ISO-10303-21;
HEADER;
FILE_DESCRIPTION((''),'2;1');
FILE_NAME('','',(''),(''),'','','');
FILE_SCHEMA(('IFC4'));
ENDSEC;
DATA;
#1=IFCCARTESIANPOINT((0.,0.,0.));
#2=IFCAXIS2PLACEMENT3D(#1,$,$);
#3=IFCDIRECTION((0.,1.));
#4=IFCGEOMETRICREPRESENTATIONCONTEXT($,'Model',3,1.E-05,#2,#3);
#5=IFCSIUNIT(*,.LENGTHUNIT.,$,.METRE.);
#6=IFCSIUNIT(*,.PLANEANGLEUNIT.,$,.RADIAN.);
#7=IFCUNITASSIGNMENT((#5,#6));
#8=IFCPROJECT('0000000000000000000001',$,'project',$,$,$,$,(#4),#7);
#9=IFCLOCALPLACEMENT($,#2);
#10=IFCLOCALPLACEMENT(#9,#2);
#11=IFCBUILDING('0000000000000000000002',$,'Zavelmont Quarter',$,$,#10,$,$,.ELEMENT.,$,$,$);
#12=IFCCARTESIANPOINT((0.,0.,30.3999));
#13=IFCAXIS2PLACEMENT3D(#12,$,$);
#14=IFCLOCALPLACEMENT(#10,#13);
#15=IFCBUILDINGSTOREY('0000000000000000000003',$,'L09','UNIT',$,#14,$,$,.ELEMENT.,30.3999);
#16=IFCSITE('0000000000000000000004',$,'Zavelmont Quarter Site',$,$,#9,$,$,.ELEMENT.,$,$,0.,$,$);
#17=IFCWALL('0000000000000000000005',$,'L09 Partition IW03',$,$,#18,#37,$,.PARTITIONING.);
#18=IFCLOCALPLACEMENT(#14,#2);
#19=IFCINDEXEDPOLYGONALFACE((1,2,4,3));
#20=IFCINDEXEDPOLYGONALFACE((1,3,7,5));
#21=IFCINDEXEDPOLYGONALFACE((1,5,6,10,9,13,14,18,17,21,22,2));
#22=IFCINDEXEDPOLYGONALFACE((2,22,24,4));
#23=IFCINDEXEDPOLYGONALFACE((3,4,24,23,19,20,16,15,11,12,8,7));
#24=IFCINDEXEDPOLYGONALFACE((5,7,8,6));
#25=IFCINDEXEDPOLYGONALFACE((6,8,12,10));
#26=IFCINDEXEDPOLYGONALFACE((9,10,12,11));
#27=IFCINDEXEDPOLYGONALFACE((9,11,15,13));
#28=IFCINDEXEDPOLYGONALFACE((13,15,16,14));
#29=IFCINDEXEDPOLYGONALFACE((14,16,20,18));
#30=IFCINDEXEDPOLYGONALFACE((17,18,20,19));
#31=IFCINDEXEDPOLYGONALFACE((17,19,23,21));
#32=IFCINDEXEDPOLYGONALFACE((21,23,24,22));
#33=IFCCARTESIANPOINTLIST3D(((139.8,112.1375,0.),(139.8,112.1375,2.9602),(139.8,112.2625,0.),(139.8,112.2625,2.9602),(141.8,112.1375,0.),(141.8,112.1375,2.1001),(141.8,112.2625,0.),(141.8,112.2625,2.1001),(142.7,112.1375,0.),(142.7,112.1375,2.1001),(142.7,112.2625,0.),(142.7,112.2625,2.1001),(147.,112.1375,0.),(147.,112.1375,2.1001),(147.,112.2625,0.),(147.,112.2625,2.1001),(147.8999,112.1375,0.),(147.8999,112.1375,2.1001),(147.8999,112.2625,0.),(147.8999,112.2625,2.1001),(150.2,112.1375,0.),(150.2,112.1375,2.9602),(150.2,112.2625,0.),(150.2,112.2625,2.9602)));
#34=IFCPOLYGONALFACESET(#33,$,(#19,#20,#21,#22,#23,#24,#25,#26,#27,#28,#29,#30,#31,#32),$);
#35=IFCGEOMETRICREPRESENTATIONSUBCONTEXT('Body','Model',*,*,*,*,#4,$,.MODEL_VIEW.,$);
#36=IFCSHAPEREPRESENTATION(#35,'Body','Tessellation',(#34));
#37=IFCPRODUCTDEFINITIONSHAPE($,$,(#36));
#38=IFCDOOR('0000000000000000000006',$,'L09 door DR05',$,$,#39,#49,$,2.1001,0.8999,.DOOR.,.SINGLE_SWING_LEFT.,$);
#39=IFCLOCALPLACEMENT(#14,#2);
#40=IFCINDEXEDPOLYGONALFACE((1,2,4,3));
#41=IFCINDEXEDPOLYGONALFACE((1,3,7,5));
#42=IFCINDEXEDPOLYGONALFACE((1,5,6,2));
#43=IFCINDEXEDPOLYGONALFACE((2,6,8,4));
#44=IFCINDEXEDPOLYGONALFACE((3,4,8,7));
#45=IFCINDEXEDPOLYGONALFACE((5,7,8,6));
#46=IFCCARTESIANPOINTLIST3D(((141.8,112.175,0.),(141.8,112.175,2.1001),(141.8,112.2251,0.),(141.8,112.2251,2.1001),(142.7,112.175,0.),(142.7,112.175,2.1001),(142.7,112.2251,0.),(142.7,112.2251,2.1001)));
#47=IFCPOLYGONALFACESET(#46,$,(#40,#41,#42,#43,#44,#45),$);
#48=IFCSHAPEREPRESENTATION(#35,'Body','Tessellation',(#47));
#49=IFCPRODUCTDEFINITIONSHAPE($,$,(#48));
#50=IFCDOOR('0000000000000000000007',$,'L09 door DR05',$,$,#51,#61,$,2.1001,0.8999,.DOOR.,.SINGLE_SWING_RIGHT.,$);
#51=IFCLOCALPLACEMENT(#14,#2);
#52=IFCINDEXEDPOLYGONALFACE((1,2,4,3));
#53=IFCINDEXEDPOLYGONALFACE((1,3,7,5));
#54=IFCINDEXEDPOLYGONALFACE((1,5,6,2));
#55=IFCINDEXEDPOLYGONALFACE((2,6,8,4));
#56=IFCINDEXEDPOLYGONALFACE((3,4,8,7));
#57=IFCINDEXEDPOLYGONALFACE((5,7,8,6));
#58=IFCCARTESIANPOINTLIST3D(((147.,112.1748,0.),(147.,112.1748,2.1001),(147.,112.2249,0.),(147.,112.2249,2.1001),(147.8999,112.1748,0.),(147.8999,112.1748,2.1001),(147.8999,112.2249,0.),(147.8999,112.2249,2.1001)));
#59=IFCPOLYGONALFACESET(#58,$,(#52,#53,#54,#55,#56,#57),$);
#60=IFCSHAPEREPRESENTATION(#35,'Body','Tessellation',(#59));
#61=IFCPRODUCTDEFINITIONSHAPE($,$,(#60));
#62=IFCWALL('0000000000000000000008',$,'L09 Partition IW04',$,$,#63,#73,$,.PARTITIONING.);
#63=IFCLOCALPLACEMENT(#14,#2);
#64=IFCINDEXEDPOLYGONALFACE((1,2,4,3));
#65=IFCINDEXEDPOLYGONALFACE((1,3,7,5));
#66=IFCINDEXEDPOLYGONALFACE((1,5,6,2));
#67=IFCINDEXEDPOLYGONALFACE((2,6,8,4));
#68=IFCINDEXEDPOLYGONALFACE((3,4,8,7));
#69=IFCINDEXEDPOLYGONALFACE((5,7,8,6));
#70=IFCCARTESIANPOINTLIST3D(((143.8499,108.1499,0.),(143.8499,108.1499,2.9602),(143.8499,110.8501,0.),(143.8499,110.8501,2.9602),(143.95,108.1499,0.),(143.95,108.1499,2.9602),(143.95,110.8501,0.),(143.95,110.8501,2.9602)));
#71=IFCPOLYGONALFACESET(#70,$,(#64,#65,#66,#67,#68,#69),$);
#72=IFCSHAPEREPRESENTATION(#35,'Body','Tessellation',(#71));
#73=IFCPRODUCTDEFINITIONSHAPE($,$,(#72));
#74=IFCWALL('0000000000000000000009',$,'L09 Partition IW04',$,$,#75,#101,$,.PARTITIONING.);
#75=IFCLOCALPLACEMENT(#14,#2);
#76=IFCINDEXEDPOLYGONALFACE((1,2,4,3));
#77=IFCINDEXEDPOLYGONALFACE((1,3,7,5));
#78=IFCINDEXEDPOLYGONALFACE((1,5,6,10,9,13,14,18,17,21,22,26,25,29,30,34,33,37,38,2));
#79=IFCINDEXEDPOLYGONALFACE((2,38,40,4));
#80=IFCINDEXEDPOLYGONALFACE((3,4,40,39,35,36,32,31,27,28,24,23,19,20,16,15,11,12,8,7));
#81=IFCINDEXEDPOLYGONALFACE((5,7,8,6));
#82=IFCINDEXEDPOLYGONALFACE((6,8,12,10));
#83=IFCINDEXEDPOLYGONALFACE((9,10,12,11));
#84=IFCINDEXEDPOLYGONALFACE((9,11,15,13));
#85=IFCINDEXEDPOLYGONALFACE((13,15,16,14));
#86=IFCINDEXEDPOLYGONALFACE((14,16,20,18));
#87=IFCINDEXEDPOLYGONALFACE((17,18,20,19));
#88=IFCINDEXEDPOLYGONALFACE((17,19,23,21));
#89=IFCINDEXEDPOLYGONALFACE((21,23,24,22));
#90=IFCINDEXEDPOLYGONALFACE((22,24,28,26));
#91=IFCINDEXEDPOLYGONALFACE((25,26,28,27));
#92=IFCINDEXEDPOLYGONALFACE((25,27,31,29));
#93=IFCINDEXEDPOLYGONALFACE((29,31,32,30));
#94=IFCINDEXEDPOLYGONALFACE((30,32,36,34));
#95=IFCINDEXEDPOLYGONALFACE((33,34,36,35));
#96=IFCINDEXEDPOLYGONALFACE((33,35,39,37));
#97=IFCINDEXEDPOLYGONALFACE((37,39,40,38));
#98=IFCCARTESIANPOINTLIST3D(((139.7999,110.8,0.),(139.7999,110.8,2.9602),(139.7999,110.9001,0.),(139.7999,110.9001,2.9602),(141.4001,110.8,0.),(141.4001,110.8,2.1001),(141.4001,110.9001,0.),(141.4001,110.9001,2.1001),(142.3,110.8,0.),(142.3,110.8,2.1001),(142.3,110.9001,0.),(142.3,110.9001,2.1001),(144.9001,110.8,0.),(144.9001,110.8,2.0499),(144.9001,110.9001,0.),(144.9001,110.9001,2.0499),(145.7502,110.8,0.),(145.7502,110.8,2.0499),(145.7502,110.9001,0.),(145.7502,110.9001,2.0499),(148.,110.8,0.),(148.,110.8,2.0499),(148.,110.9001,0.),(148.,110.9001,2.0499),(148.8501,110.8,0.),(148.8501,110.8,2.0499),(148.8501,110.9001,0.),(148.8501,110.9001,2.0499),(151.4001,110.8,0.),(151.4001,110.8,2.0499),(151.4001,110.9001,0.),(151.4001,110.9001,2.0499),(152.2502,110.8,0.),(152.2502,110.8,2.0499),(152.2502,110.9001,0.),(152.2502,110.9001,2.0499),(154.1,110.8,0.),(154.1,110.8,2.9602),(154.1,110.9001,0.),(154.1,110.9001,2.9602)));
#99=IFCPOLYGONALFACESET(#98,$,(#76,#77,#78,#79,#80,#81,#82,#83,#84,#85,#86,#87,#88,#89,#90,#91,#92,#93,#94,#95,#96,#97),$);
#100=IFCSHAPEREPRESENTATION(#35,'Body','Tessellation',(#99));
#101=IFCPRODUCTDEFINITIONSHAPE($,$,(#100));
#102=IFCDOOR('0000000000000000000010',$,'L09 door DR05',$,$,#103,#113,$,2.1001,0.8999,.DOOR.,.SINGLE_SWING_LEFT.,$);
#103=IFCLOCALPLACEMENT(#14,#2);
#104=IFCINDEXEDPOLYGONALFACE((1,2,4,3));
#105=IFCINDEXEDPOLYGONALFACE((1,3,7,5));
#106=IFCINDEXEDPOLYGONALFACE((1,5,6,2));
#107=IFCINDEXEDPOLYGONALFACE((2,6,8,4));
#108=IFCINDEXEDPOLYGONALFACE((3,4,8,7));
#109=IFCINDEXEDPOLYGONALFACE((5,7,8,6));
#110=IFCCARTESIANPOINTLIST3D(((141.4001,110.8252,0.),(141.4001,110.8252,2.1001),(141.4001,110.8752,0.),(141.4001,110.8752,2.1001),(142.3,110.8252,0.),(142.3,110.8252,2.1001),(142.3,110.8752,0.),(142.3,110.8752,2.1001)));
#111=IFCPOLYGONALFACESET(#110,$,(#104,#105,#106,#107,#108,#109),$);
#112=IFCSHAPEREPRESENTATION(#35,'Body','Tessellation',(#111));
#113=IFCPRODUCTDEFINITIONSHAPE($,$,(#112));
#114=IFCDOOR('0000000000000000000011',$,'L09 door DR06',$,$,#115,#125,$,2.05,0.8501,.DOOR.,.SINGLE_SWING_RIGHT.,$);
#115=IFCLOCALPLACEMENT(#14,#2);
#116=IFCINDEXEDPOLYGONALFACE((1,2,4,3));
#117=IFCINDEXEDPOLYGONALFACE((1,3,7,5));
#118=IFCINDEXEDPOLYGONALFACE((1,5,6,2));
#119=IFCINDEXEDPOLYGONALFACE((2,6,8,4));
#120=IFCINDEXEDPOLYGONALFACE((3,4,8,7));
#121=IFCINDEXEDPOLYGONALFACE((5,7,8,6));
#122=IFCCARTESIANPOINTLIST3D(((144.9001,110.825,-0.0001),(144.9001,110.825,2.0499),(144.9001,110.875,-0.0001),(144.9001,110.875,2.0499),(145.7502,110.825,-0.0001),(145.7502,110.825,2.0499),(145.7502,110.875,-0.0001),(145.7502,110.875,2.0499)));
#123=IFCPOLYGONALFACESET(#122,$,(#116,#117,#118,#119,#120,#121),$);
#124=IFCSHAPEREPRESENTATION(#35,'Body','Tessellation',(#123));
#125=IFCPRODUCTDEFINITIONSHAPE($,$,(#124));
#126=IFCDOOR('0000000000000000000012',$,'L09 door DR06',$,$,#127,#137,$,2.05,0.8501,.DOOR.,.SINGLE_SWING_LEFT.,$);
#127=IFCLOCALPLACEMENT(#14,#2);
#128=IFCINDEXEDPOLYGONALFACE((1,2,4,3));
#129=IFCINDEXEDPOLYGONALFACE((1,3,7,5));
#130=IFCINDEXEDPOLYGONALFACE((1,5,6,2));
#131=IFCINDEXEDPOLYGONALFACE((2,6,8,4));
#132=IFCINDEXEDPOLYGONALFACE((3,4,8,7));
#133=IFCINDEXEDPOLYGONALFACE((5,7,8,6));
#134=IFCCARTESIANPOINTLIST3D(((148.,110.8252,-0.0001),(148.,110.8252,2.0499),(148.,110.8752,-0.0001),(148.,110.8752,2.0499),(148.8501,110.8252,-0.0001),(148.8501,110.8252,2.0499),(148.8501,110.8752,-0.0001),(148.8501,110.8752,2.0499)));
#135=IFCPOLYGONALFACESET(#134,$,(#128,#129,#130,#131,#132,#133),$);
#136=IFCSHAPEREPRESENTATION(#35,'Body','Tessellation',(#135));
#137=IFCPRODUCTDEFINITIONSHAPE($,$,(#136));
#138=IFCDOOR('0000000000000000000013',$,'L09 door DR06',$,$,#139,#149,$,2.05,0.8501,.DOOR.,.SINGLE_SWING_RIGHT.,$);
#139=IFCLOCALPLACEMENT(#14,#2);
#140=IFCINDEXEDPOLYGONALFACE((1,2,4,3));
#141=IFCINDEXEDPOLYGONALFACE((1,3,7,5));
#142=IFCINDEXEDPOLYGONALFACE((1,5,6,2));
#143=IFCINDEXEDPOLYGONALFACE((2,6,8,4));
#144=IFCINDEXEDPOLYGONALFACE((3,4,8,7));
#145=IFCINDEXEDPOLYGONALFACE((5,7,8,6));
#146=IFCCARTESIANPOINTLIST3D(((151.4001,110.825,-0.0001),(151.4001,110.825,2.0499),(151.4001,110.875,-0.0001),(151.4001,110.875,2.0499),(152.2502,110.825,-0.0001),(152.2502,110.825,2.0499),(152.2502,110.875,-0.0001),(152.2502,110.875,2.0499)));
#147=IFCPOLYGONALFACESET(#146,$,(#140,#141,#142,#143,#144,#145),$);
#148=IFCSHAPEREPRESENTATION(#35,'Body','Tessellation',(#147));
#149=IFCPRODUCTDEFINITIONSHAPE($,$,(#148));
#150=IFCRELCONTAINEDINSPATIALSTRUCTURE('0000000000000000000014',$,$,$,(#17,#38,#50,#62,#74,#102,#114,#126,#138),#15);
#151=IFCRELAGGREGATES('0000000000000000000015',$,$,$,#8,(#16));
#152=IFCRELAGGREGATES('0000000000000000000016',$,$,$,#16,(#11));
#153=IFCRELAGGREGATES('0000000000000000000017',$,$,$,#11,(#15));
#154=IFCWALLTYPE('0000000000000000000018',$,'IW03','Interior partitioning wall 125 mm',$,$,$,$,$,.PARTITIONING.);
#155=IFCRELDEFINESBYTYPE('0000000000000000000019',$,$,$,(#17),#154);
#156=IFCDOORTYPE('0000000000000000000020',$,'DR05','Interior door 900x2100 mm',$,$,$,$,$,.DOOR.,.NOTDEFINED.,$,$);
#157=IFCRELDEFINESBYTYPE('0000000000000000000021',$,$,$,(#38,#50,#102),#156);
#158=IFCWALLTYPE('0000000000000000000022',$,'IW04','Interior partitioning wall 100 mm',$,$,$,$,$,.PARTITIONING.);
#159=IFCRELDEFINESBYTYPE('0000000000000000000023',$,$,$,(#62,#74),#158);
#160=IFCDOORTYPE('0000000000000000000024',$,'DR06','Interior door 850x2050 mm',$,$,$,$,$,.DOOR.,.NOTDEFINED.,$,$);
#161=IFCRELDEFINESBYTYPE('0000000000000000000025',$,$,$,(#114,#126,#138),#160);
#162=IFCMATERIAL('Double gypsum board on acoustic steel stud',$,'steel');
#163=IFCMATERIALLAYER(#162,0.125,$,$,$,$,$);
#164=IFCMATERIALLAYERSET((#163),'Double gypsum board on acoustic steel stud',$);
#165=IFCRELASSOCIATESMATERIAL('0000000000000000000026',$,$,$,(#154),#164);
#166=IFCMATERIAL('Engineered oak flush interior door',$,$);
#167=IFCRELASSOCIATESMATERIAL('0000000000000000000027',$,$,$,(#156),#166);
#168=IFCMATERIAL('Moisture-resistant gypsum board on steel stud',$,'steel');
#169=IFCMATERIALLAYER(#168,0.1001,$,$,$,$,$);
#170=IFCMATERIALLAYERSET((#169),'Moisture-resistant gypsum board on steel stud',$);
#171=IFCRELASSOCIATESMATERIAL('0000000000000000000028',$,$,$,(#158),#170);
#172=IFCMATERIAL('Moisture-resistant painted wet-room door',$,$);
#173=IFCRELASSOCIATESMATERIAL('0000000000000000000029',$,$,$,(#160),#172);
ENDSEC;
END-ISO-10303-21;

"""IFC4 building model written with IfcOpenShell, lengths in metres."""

from ifc_helpers import new_model, si_unit, direction, frame, frame_2d, origin, origin_with_axes, place, context, subcontext, project, spatial, rectangle, extrude, material, layer, layer_set, type_object, element, fill, save


model = new_model("IFC4")

# Units and contexts
model_context = context("Model", 3, precision=1e-05, world=origin(), true_north=direction((0.0, 1.0)))
body_context = subcontext(model_context, "Body", "Model", "MODEL_VIEW")
ifc_project = project(units=[si_unit("LENGTHUNIT", "METRE"), si_unit("PLANEANGLEUNIT", "RADIAN")], contexts=[model_context])

# Site, building, storey
site_placement = place(None, origin())
site = spatial("IfcSite", under=ifc_project, at=site_placement, Name="Zavelmont Quarter Site", CompositionType="ELEMENT", RefElevation=0.0)
building_placement = place(site_placement, origin())
building = spatial("IfcBuilding", under=site, at=building_placement, Name="Zavelmont Quarter", CompositionType="ELEMENT")
storey_placement = place(building_placement, frame((0.0, 0.0, 30.3999)))
storey = spatial("IfcBuildingStorey", under=building, at=storey_placement, Name="L09", Description="UNIT", CompositionType="ELEMENT", Elevation=30.3999)

# Shared definitions
ifc_material_1 = material(Name="Double gypsum board on acoustic steel stud", Category="steel")
ifc_layer_1 = layer(ifc_material_1, 0.125)
ifc_layer_set_1 = layer_set([ifc_layer_1], Name="Double gypsum board on acoustic steel stud")
wall_type_1 = type_object("IfcWallType", Name="IW03", Description="Interior partitioning wall 125 mm", PredefinedType="PARTITIONING", material=ifc_layer_set_1)
ifc_material_2 = material(Name="Engineered oak flush interior door")
door_type_1 = type_object("IfcDoorType", Name="DR05", Description="Interior door 900x2100 mm", OperationType="NOTDEFINED", PredefinedType="DOOR", material=ifc_material_2)

# Wall, openings, doors
wall_1_placement = place(storey_placement, frame((139.8, 112.2, 0.0), z_axis=(0.0, 0.0, 1.0), x_axis=(1.0, 0.0, 0.0)))
wall_1 = element("IfcWall", 1, at=wall_1_placement, inside=storey, type_object=wall_type_1, Name="L09 Partition IW03", PredefinedType="PARTITIONING", context=body_context, shape_type="SweptSolid", body=[
    extrude(rectangle(XDim=10.3999, YDim=0.125, at=frame_2d((5.2, 0.0))), origin(), (0.0, 0.0, 1.0), 2.9602),
])
opening_1_placement = place(wall_1_placement, frame((2.0, 0.0, 0.0)))
opening_1 = element("IfcOpeningElement", 2, at=opening_1_placement, cuts=wall_1, PredefinedType="OPENING", context=body_context, shape_type="SweptSolid", body=[
    extrude(rectangle(XDim=0.8999, YDim=2.1001, at=frame_2d((0.45, 1.05))), frame((0.0, 0.0745, 0.0), z_axis=(0.0, -1.0, 0.0), x_axis=(1.0, 0.0, 0.0)), (0.0, 0.0, 1.0), 0.1489),
])
opening_2_placement = place(wall_1_placement, frame((7.2, 0.0, 0.0)))
opening_2 = element("IfcOpeningElement", 3, at=opening_2_placement, cuts=wall_1, PredefinedType="OPENING", context=body_context, shape_type="SweptSolid", body=[
    extrude(rectangle(XDim=0.8999, YDim=2.1001, at=frame_2d((0.45, 1.05))), frame((0.0, 0.0745, 0.0), z_axis=(0.0, -1.0, 0.0), x_axis=(1.0, 0.0, 0.0)), (0.0, 0.0, 1.0), 0.1489),
])
door_1_placement = place(opening_1_placement, frame((0.8999, 0.0, 0.0), z_axis=(0.0, 0.0, 1.0), x_axis=(-1.0, 0.0, 0.0)))
door_1 = element("IfcDoor", 4, at=door_1_placement, inside=storey, type_object=door_type_1, Name="L09 door DR05", OperationType="SINGLE_SWING_LEFT", OverallHeight=2.1001, OverallWidth=0.8999, PredefinedType="DOOR", context=body_context, shape_type="SweptSolid", body=[
    extrude(rectangle(XDim=0.8999, YDim=2.1001, at=frame_2d((0.45, 1.05))), frame((0.0, 0.0249, 0.0), z_axis=(0.0, -1.0, 0.0), x_axis=(1.0, 0.0, 0.0)), (0.0, 0.0, 1.0), 0.05),
])
fill(opening_1, door_1)
door_2_placement = place(opening_2_placement, origin_with_axes())
door_2 = element("IfcDoor", 5, at=door_2_placement, inside=storey, type_object=door_type_1, Name="L09 door DR05", OperationType="SINGLE_SWING_RIGHT", OverallHeight=2.1001, OverallWidth=0.8999, PredefinedType="DOOR", context=body_context, shape_type="SweptSolid", body=[
    extrude(rectangle(XDim=0.8999, YDim=2.1001, at=frame_2d((0.45, 1.05))), frame((0.0, 0.0249, 0.0), z_axis=(0.0, -1.0, 0.0), x_axis=(1.0, 0.0, 0.0)), (0.0, 0.0, 1.0), 0.05),
])
fill(opening_2, door_2)

# Wall
ifc_material_3 = material(Name="Moisture-resistant gypsum board on steel stud", Category="steel")
ifc_layer_2 = layer(ifc_material_3, 0.1001)
ifc_layer_set_2 = layer_set([ifc_layer_2], Name="Moisture-resistant gypsum board on steel stud")
wall_type_2 = type_object("IfcWallType", Name="IW04", Description="Interior partitioning wall 100 mm", PredefinedType="PARTITIONING", material=ifc_layer_set_2)
wall_2_placement = place(storey_placement, frame((143.8999, 108.1499, 0.0), z_axis=(0.0, 0.0, 1.0), x_axis=(0.0, 1.0, 0.0)))
element("IfcWall", 6, at=wall_2_placement, inside=storey, type_object=wall_type_2, Name="L09 Partition IW04", PredefinedType="PARTITIONING", context=body_context, shape_type="SweptSolid", body=[
    extrude(rectangle(XDim=2.7002, YDim=0.1001, at=frame_2d((1.3501, 0.0))), origin(), (0.0, 0.0, 1.0), 2.9602),
])

# Wall, openings, doors
wall_3_placement = place(storey_placement, frame((139.8, 110.8501, 0.0), z_axis=(0.0, 0.0, 1.0), x_axis=(1.0, 0.0, 0.0)))
wall_3 = element("IfcWall", 7, at=wall_3_placement, inside=storey, type_object=wall_type_2, Name="L09 Partition IW04", PredefinedType="PARTITIONING", context=body_context, shape_type="SweptSolid", body=[
    extrude(rectangle(XDim=14.3, YDim=0.1001, at=frame_2d((7.1499, 0.0))), origin(), (0.0, 0.0, 1.0), 2.9602),
])
opening_3_placement = place(wall_3_placement, frame((1.6001, 0.0, 0.0)))
opening_3 = element("IfcOpeningElement", 8, at=opening_3_placement, cuts=wall_3, PredefinedType="OPENING", context=body_context, shape_type="SweptSolid", body=[
    extrude(rectangle(XDim=0.8999, YDim=2.1001, at=frame_2d((0.45, 1.05))), frame((0.0, 0.062, 0.0), z_axis=(0.0, -1.0, 0.0), x_axis=(1.0, 0.0, 0.0)), (0.0, 0.0, 1.0), 0.124),
])
opening_4_placement = place(wall_3_placement, frame((5.1001, 0.0, 0.0)))
opening_4 = element("IfcOpeningElement", 9, at=opening_4_placement, cuts=wall_3, PredefinedType="OPENING", context=body_context, shape_type="SweptSolid", body=[
    extrude(rectangle(XDim=0.8501, YDim=2.05, at=frame_2d((0.425, 1.0249))), frame((0.0, 0.062, 0.0), z_axis=(0.0, -1.0, 0.0), x_axis=(1.0, 0.0, 0.0)), (0.0, 0.0, 1.0), 0.124),
])
opening_5_placement = place(wall_3_placement, frame((8.2, 0.0, 0.0)))
opening_5 = element("IfcOpeningElement", 10, at=opening_5_placement, cuts=wall_3, PredefinedType="OPENING", context=body_context, shape_type="SweptSolid", body=[
    extrude(rectangle(XDim=0.8501, YDim=2.05, at=frame_2d((0.425, 1.0249))), frame((0.0, 0.062, 0.0), z_axis=(0.0, -1.0, 0.0), x_axis=(1.0, 0.0, 0.0)), (0.0, 0.0, 1.0), 0.124),
])
opening_6_placement = place(wall_3_placement, frame((11.6001, 0.0, 0.0)))
opening_6 = element("IfcOpeningElement", 11, at=opening_6_placement, cuts=wall_3, PredefinedType="OPENING", context=body_context, shape_type="SweptSolid", body=[
    extrude(rectangle(XDim=0.8501, YDim=2.05, at=frame_2d((0.425, 1.0249))), frame((0.0, 0.062, 0.0), z_axis=(0.0, -1.0, 0.0), x_axis=(1.0, 0.0, 0.0)), (0.0, 0.0, 1.0), 0.124),
])
door_3_placement = place(opening_3_placement, frame((0.8999, 0.0, 0.0), z_axis=(0.0, 0.0, 1.0), x_axis=(-1.0, 0.0, 0.0)))
door_3 = element("IfcDoor", 12, at=door_3_placement, inside=storey, type_object=door_type_1, Name="L09 door DR05", OperationType="SINGLE_SWING_LEFT", OverallHeight=2.1001, OverallWidth=0.8999, PredefinedType="DOOR", context=body_context, shape_type="SweptSolid", body=[
    extrude(rectangle(XDim=0.8999, YDim=2.1001, at=frame_2d((0.45, 1.05))), frame((0.0, 0.0249, 0.0), z_axis=(0.0, -1.0, 0.0), x_axis=(1.0, 0.0, 0.0)), (0.0, 0.0, 1.0), 0.05),
])
fill(opening_3, door_3)
ifc_material_4 = material(Name="Moisture-resistant painted wet-room door")
door_type_2 = type_object("IfcDoorType", Name="DR06", Description="Interior door 850x2050 mm", OperationType="NOTDEFINED", PredefinedType="DOOR", material=ifc_material_4)
door_4_placement = place(opening_4_placement, origin_with_axes())
door_4 = element("IfcDoor", 13, at=door_4_placement, inside=storey, type_object=door_type_2, Name="L09 door DR06", OperationType="SINGLE_SWING_RIGHT", OverallHeight=2.05, OverallWidth=0.8501, PredefinedType="DOOR", context=body_context, shape_type="SweptSolid", body=[
    extrude(rectangle(XDim=0.8501, YDim=2.05, at=frame_2d((0.425, 1.0249))), frame((0.0, 0.0249, 0.0), z_axis=(0.0, -1.0, 0.0), x_axis=(1.0, 0.0, 0.0)), (0.0, 0.0, 1.0), 0.05),
])
fill(opening_4, door_4)
door_5_placement = place(opening_5_placement, frame((0.8501, 0.0, 0.0), z_axis=(0.0, 0.0, 1.0), x_axis=(-1.0, 0.0, 0.0)))
door_5 = element("IfcDoor", 14, at=door_5_placement, inside=storey, type_object=door_type_2, Name="L09 door DR06", OperationType="SINGLE_SWING_LEFT", OverallHeight=2.05, OverallWidth=0.8501, PredefinedType="DOOR", context=body_context, shape_type="SweptSolid", body=[
    extrude(rectangle(XDim=0.8501, YDim=2.05, at=frame_2d((0.425, 1.0249))), frame((0.0, 0.0249, 0.0), z_axis=(0.0, -1.0, 0.0), x_axis=(1.0, 0.0, 0.0)), (0.0, 0.0, 1.0), 0.05),
])
fill(opening_5, door_5)
door_6_placement = place(opening_6_placement, origin_with_axes())
door_6 = element("IfcDoor", 15, at=door_6_placement, inside=storey, type_object=door_type_2, Name="L09 door DR06", OperationType="SINGLE_SWING_RIGHT", OverallHeight=2.05, OverallWidth=0.8501, PredefinedType="DOOR", context=body_context, shape_type="SweptSolid", body=[
    extrude(rectangle(XDim=0.8501, YDim=2.05, at=frame_2d((0.425, 1.0249))), frame((0.0, 0.0249, 0.0), z_axis=(0.0, -1.0, 0.0), x_axis=(1.0, 0.0, 0.0)), (0.0, 0.0, 1.0), 0.05),
])
fill(opening_6, door_6)

save(model, "model.ifc")
